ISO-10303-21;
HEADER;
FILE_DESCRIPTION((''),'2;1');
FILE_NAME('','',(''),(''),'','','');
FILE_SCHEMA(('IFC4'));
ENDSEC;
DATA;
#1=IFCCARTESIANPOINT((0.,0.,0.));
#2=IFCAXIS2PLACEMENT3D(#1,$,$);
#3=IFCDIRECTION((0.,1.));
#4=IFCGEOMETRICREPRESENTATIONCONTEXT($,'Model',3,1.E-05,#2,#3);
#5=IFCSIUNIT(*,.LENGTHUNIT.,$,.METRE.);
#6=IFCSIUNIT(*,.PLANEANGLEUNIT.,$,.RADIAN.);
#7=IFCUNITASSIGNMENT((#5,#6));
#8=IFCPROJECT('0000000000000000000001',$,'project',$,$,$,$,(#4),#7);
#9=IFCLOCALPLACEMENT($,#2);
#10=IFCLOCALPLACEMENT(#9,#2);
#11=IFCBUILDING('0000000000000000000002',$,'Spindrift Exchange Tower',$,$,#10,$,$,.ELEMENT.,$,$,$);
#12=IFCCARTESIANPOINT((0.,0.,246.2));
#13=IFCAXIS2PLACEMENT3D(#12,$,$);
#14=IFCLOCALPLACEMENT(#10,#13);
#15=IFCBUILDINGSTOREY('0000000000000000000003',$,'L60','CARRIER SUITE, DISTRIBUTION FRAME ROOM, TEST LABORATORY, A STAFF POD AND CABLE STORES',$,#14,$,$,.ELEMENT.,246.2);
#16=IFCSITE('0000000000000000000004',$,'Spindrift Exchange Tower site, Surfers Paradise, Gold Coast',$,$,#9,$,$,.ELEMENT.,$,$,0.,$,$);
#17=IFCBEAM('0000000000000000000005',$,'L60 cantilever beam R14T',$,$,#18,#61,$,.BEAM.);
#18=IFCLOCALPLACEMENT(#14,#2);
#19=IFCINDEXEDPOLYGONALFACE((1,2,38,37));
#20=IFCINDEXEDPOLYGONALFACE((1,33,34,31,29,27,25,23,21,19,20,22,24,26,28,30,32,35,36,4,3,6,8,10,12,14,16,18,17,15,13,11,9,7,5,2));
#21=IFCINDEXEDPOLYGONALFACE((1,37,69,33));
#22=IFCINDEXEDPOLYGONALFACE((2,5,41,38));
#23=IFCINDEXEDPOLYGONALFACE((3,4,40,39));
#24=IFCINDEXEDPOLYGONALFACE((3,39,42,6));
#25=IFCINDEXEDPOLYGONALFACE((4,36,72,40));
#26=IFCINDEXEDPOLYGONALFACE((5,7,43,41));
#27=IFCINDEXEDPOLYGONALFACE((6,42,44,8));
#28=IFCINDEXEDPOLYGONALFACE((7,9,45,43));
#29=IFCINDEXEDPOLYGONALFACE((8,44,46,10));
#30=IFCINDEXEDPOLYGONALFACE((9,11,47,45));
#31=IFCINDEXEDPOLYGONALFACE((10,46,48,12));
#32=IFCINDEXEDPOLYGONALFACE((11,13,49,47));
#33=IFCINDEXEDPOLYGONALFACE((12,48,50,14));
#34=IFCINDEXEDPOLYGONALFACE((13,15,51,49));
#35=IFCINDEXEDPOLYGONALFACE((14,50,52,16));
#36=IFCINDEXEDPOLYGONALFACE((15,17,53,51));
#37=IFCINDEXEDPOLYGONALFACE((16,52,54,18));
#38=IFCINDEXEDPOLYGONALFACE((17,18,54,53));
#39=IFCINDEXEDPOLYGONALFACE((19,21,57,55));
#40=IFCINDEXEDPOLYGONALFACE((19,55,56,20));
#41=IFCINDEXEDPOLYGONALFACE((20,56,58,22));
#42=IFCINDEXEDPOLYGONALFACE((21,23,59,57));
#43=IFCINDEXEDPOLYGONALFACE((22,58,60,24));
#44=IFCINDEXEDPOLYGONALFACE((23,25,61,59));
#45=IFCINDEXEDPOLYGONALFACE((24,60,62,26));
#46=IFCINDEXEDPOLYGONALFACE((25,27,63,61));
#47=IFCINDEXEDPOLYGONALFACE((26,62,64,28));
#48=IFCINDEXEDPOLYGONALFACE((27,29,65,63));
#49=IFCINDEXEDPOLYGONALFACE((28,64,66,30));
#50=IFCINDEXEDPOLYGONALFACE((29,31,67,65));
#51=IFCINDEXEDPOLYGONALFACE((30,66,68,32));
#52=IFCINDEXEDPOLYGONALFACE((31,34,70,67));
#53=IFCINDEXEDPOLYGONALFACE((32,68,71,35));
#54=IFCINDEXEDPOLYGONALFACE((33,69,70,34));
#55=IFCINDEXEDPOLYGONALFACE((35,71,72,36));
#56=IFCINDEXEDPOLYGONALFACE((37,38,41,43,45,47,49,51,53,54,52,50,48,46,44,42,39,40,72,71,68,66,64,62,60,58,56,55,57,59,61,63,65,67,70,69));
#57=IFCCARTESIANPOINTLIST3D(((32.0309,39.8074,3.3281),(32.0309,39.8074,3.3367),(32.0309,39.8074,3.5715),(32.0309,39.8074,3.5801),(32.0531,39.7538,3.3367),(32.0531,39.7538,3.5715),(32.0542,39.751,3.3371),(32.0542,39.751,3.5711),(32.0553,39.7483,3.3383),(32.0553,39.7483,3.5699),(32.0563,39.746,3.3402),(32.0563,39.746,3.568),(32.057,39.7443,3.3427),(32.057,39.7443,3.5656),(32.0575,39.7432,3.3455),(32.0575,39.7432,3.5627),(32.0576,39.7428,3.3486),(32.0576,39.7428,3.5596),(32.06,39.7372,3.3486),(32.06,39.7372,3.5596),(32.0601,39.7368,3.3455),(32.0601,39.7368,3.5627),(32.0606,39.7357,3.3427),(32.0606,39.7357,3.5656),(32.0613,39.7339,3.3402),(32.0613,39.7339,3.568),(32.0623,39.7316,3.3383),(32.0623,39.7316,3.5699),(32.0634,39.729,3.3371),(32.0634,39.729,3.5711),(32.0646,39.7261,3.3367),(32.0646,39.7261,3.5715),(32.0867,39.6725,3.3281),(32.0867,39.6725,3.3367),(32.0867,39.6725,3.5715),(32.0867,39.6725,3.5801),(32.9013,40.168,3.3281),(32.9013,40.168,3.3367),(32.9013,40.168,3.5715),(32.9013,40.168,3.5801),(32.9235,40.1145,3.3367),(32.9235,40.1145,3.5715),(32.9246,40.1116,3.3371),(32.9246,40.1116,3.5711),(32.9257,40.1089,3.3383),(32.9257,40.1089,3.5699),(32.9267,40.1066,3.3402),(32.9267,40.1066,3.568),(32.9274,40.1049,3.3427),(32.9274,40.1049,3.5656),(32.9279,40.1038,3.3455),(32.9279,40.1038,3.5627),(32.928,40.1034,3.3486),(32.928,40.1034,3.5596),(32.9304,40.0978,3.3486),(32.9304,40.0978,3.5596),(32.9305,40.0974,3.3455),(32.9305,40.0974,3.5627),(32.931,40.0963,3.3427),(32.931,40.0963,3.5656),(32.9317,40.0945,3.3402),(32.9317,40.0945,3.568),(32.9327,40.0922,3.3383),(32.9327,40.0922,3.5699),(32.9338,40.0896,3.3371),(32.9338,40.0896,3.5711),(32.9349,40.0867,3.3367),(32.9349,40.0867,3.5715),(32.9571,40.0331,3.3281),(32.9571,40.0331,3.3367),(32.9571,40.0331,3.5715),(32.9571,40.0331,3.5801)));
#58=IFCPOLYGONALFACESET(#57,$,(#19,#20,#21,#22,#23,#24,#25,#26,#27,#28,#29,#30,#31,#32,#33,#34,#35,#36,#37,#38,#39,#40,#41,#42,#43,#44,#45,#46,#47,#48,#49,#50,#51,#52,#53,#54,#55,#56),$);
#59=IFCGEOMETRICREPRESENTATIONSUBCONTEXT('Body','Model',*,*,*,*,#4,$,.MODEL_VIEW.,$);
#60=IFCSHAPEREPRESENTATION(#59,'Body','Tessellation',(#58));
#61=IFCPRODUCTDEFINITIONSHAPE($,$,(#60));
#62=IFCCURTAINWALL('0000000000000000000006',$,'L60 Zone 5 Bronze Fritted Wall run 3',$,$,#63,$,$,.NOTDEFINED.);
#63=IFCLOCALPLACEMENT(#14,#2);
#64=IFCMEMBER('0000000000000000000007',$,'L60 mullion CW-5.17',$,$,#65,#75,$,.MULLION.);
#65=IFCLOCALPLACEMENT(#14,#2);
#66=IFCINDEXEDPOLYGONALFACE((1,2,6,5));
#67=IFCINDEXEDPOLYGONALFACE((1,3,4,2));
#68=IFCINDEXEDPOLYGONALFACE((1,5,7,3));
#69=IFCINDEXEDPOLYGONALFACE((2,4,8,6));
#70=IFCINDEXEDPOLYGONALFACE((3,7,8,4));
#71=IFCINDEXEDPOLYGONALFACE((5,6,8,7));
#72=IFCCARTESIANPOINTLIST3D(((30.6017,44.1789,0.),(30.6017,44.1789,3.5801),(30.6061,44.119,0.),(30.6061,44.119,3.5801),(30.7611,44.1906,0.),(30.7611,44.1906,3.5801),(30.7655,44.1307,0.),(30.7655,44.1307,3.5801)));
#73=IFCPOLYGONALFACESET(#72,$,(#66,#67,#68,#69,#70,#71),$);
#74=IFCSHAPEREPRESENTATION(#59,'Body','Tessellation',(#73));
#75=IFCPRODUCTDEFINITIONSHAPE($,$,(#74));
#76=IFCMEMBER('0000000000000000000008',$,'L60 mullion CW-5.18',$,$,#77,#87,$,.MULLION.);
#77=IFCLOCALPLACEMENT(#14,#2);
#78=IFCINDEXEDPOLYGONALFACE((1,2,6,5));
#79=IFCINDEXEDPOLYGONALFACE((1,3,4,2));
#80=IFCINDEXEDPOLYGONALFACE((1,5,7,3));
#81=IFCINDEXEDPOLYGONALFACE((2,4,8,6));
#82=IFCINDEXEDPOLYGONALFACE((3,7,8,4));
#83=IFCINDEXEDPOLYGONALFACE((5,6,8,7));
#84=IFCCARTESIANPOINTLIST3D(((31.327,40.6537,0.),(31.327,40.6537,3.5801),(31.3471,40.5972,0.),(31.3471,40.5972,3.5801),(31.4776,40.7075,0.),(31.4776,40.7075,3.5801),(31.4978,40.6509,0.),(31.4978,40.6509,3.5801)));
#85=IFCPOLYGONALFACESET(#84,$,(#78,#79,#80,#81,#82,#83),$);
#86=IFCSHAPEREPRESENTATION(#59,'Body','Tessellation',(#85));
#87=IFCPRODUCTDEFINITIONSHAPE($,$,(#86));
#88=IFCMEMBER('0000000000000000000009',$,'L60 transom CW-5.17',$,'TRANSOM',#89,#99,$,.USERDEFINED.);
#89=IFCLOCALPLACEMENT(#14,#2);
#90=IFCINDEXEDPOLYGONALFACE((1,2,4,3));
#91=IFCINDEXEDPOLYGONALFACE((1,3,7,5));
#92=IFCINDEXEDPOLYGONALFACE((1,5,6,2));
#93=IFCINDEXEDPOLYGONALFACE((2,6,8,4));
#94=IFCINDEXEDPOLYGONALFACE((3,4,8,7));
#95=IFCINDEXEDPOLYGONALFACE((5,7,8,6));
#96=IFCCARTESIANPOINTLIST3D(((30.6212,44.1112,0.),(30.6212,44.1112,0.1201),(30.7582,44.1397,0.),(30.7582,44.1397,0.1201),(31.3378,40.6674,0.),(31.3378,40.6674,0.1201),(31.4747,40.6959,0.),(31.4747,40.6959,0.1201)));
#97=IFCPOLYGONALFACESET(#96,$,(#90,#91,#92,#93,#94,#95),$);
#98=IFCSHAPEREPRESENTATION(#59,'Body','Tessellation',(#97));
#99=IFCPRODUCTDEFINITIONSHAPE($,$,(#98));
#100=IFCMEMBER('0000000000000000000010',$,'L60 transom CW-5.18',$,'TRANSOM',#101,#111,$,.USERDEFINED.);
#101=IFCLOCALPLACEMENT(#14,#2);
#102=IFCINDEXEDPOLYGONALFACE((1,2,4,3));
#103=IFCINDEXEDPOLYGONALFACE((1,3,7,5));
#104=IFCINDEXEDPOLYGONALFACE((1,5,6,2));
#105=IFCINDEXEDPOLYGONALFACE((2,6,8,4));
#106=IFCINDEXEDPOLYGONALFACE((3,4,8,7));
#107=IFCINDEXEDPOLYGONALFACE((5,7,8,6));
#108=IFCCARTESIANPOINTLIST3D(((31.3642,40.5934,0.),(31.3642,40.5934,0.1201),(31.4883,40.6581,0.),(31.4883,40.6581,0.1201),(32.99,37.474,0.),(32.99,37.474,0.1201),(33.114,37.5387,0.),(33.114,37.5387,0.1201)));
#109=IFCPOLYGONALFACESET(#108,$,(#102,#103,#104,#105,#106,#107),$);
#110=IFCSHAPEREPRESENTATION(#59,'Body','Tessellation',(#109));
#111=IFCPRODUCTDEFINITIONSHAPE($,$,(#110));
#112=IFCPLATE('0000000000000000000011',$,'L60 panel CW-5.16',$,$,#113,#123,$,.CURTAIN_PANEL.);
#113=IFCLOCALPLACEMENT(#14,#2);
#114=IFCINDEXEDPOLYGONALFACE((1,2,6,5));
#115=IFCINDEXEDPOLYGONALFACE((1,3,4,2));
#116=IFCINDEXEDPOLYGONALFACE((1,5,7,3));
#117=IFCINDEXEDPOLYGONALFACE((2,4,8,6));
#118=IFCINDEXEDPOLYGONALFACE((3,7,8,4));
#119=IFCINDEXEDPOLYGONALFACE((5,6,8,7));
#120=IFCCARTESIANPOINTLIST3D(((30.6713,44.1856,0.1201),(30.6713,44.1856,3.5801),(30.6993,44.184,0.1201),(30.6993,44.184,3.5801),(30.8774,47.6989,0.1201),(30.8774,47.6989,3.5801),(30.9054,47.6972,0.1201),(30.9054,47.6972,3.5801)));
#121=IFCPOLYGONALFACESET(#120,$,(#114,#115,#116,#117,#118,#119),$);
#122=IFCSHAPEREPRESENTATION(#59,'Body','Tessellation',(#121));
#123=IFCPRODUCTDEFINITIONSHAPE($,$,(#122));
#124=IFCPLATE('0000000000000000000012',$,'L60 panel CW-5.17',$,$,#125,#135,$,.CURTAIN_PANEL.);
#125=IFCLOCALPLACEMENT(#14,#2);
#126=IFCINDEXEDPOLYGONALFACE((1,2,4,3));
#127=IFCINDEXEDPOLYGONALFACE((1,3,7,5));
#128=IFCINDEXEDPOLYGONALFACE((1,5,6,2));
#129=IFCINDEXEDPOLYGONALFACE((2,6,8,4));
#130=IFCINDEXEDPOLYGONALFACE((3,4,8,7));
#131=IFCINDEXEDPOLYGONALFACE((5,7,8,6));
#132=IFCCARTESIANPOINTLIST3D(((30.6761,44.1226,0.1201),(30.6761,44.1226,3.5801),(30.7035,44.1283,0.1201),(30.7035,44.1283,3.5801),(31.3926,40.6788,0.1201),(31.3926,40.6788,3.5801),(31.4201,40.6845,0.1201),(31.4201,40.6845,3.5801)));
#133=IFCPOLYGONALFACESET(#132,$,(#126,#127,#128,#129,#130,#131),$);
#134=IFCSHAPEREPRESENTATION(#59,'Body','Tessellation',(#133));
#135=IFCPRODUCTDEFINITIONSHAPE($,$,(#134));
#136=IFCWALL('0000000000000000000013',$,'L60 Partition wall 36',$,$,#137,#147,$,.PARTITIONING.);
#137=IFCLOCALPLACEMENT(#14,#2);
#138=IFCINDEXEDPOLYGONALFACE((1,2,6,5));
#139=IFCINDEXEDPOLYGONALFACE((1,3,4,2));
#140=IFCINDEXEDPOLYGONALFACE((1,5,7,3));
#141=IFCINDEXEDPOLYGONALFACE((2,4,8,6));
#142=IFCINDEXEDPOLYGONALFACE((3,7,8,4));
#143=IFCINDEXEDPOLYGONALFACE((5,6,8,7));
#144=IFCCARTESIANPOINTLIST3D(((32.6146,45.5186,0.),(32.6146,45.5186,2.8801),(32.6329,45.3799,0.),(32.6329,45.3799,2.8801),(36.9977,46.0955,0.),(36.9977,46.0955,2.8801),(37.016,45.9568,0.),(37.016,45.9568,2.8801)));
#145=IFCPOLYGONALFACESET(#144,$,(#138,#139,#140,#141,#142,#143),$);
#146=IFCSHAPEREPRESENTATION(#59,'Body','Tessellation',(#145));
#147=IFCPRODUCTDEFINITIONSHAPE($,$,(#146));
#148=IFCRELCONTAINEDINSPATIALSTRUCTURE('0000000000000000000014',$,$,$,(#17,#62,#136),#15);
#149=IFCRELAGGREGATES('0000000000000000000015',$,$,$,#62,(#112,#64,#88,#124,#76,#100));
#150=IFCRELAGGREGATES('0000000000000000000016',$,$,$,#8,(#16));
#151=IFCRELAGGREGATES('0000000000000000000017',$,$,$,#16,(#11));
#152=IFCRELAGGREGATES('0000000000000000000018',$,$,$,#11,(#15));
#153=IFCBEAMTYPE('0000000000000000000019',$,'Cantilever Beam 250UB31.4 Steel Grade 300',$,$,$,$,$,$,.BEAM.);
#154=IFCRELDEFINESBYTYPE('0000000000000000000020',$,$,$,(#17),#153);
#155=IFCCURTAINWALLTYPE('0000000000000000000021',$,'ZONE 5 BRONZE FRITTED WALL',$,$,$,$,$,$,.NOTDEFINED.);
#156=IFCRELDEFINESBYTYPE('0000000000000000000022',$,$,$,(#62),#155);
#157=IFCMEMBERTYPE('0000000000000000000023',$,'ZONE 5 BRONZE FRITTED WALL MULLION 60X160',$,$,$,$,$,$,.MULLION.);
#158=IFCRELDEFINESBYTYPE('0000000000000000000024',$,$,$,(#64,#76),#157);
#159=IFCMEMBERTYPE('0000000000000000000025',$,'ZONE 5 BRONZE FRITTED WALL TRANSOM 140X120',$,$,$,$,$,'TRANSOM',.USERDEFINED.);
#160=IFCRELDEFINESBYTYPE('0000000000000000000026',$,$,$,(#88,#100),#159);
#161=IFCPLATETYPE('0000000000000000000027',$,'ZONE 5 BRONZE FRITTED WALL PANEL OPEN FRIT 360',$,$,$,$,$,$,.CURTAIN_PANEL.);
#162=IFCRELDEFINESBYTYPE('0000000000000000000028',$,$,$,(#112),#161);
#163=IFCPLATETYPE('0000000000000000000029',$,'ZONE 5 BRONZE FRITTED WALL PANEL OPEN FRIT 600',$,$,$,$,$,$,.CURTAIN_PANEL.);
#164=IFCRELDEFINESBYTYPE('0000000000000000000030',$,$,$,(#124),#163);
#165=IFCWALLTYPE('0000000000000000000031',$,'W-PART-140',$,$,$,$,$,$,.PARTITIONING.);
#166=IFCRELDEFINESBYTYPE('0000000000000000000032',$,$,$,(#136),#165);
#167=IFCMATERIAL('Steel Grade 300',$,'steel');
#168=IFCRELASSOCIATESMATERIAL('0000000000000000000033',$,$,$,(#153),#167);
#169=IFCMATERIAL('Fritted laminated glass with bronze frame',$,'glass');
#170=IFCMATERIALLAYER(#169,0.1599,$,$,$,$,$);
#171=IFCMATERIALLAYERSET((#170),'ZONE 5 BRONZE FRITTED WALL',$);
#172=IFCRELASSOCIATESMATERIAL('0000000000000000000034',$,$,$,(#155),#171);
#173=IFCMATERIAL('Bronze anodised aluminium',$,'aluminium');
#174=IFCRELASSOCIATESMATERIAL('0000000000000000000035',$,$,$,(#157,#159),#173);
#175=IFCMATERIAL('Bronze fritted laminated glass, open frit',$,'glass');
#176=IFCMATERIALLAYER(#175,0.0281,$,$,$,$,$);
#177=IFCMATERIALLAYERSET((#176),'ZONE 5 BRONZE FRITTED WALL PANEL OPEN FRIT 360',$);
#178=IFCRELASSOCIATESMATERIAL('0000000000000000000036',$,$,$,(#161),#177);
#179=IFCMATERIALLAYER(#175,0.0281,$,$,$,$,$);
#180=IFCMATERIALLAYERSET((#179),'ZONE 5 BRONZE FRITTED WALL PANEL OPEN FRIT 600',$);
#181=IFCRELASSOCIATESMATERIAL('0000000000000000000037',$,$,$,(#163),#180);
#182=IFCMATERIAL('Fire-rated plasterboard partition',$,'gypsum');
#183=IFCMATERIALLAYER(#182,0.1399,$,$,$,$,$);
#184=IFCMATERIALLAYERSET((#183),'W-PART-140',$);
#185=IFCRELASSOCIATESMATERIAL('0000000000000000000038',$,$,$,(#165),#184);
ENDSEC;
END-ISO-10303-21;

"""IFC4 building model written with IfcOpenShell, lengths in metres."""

from ifc_helpers import new_model, si_unit, direction, frame, frame_2d, origin, origin_2d, place, context, subcontext, project, spatial, rectangle, i_section, extrude, source, transform, mapped, material, layer, layer_set, material_profile, profile_set, type_object, element, aggregate, save


model = new_model("IFC4")

# Units and contexts
model_context = context("Model", 3, precision=1e-05, world=origin(), true_north=direction((0.0, 1.0)))
body_context = subcontext(model_context, "Body", "Model", "MODEL_VIEW")
ifc_project = project(units=[si_unit("LENGTHUNIT", "METRE"), si_unit("PLANEANGLEUNIT", "RADIAN")], contexts=[model_context])

# Site, building, storey
site_placement = place(None, origin())
site = spatial("IfcSite", under=ifc_project, at=site_placement, Name="Spindrift Exchange Tower site, Surfers Paradise, Gold Coast", CompositionType="ELEMENT", RefElevation=0.0)
building_placement = place(site_placement, origin())
building = spatial("IfcBuilding", under=site, at=building_placement, Name="Spindrift Exchange Tower", CompositionType="ELEMENT")
storey_placement = place(building_placement, frame((0.0, 0.0, 246.2)))
storey = spatial("IfcBuildingStorey", under=building, at=storey_placement, Name="L60", Description="CARRIER SUITE, DISTRIBUTION FRAME ROOM, TEST LABORATORY, A STAFF POD AND CABLE STORES", CompositionType="ELEMENT", Elevation=246.2)

# Beam
ifc_material_1 = material(Name="Steel Grade 300", Category="steel")
ifc_material_profile_1 = material_profile(ifc_material_1, i_section(OverallWidth=0.146, OverallDepth=0.252, WebThickness=0.0061, FlangeThickness=0.0085, FilletRadius=0.012, at=origin_2d()), Name="250UB31.4")
ifc_profile_set_1 = profile_set([ifc_material_profile_1], Name="Steel Grade 300")
beam_type_1 = type_object("IfcBeamType", Name="Cantilever Beam 250UB31.4 Steel Grade 300", PredefinedType="BEAM", material=ifc_profile_set_1)
shared_shape_1 = source(origin(), body_context, "Body", "SweptSolid", [
    extrude(i_section(OverallWidth=0.146, OverallDepth=0.252, WebThickness=0.0061, FlangeThickness=0.0085, FilletRadius=0.012, at=origin_2d()), origin(), (0.0, 0.0, 1.0), 0.9421),
])
beam_1_placement = place(storey_placement, frame((32.9292, 40.1006, 3.4541), z_axis=(-0.923849, -0.382756, 0.0), x_axis=(0.382756, -0.923849, 0.0)))
element("IfcBeam", 1, at=beam_1_placement, inside=storey, type_object=beam_type_1, Name="L60 cantilever beam R14T", PredefinedType="BEAM", context=body_context, shape_type="MappedRepresentation", body=[
    mapped(shared_shape_1, transform((0.0, 0.0, 0.0), scale=1.0)),
])

# Curtain wall, members, plates
ifc_material_2 = material(Name="Fritted laminated glass with bronze frame", Category="glass")
ifc_layer_1 = layer(ifc_material_2, 0.1599)
ifc_layer_set_1 = layer_set([ifc_layer_1], Name="ZONE 5 BRONZE FRITTED WALL")
curtain_wall_type = type_object("IfcCurtainWallType", Name="ZONE 5 BRONZE FRITTED WALL", PredefinedType="NOTDEFINED", material=ifc_layer_set_1)
curtain_wall_placement = place(storey_placement, origin())
curtain_wall = element("IfcCurtainWall", 2, at=curtain_wall_placement, inside=storey, type_object=curtain_wall_type, Name="L60 Zone 5 Bronze Fritted Wall run 3", PredefinedType="NOTDEFINED")
ifc_material_3 = material(Name="Bronze anodised aluminium", Category="aluminium")
ifc_material_profile_2 = material_profile(ifc_material_3, rectangle(XDim=0.0601, YDim=0.1599, at=origin_2d()), Name="ZONE 5 BRONZE FRITTED WALL MULLION 60X160")
ifc_profile_set_2 = profile_set([ifc_material_profile_2], Name="Bronze anodised aluminium")
member_type_1 = type_object("IfcMemberType", Name="ZONE 5 BRONZE FRITTED WALL MULLION 60X160", PredefinedType="MULLION", material=ifc_profile_set_2)
shared_shape_2 = source(origin(), body_context, "Body", "SweptSolid", [
    extrude(rectangle(XDim=0.0601, YDim=0.1599, at=origin_2d()), origin(), (0.0, 0.0, 1.0), 3.5801),
])
member_1_placement = place(storey_placement, frame((30.6836, 44.1548, 0.0), z_axis=(0.0, 0.0, 1.0), x_axis=(0.073214, -0.997316, 0.0)))
member_1 = element("IfcMember", 3, at=member_1_placement, type_object=member_type_1, Name="L60 mullion CW-5.17", PredefinedType="MULLION", context=body_context, shape_type="MappedRepresentation", body=[
    mapped(shared_shape_2, transform((0.0, 0.0, 0.0), scale=1.0)),
])
member_2_placement = place(storey_placement, frame((31.4124, 40.6523, 0.0), z_axis=(0.0, 0.0, 1.0), x_axis=(0.336132, -0.941815, 0.0)))
member_2 = element("IfcMember", 4, at=member_2_placement, type_object=member_type_1, Name="L60 mullion CW-5.18", PredefinedType="MULLION", context=body_context, shape_type="MappedRepresentation", body=[
    mapped(shared_shape_2, transform((0.0, 0.0, 0.0), scale=1.0)),
])
ifc_material_profile_3 = material_profile(ifc_material_3, rectangle(XDim=0.1399, YDim=0.1201, at=origin_2d()), Name="ZONE 5 BRONZE FRITTED WALL TRANSOM 140X120")
ifc_profile_set_3 = profile_set([ifc_material_profile_3], Name="Bronze anodised aluminium")
member_type_2 = type_object("IfcMemberType", Name="ZONE 5 BRONZE FRITTED WALL TRANSOM 140X120", ElementType="TRANSOM", PredefinedType="USERDEFINED", material=ifc_profile_set_3)
shared_shape_3 = source(origin(), body_context, "Body", "SweptSolid", [
    extrude(rectangle(XDim=0.1399, YDim=0.1201, at=origin_2d()), origin(), (0.0, 0.0, 1.0), 3.5176),
])
member_3_placement = place(storey_placement, frame((30.6897, 44.1255, 0.0601), z_axis=(0.203705, -0.979032, 0.0), x_axis=(0.979032, 0.203705, 0.0)))
member_3 = element("IfcMember", 5, at=member_3_placement, type_object=member_type_2, Name="L60 transom CW-5.17", ObjectType="TRANSOM", PredefinedType="USERDEFINED", context=body_context, shape_type="MappedRepresentation", body=[
    mapped(shared_shape_3, transform((0.0, 0.0, 0.0), scale=1.0)),
])
member_4_placement = place(storey_placement, frame((31.4263, 40.6257, 0.0601), z_axis=(0.46217, -0.886791, 0.0), x_axis=(0.886791, 0.46217, 0.0)))
member_4 = element("IfcMember", 6, at=member_4_placement, type_object=member_type_2, Name="L60 transom CW-5.18", ObjectType="TRANSOM", PredefinedType="USERDEFINED", context=body_context, shape_type="MappedRepresentation", body=[
    mapped(shared_shape_3, transform((0.0, 0.0, 0.0), scale=1.0)),
])
ifc_material_4 = material(Name="Bronze fritted laminated glass, open frit", Category="glass")
ifc_layer_2 = layer(ifc_material_4, 0.0281)
ifc_layer_set_2 = layer_set([ifc_layer_2], Name="ZONE 5 BRONZE FRITTED WALL PANEL OPEN FRIT 360")
plate_type_1 = type_object("IfcPlateType", Name="ZONE 5 BRONZE FRITTED WALL PANEL OPEN FRIT 360", PredefinedType="CURTAIN_PANEL", material=ifc_layer_set_2)
shared_shape_4 = source(origin(), body_context, "Body", "SweptSolid", [
    extrude(rectangle(XDim=3.5193, YDim=0.0281, at=origin_2d()), origin(), (0.0, 0.0, 1.0), 3.46),
])
plate_1_placement = place(storey_placement, frame((30.7883, 45.9414, 0.1201), z_axis=(0.0, 0.0, 1.0), x_axis=(-0.058561, -0.998284, 0.0)))
plate_1 = element("IfcPlate", 7, at=plate_1_placement, type_object=plate_type_1, Name="L60 panel CW-5.16", PredefinedType="CURTAIN_PANEL", context=body_context, shape_type="MappedRepresentation", body=[
    mapped(shared_shape_4, transform((0.0, 0.0, 0.0), scale=1.0)),
])
ifc_layer_3 = layer(ifc_material_4, 0.0281)
ifc_layer_set_3 = layer_set([ifc_layer_3], Name="ZONE 5 BRONZE FRITTED WALL PANEL OPEN FRIT 600")
plate_type_2 = type_object("IfcPlateType", Name="ZONE 5 BRONZE FRITTED WALL PANEL OPEN FRIT 600", PredefinedType="CURTAIN_PANEL", material=ifc_layer_set_3)
shared_shape_5 = source(origin(), body_context, "Body", "SweptSolid", [
    extrude(rectangle(XDim=3.5176, YDim=0.0281, at=origin_2d()), origin(), (0.0, 0.0, 1.0), 3.46),
])
plate_2_placement = place(storey_placement, frame((31.0481, 42.4036, 0.1201), z_axis=(0.0, 0.0, 1.0), x_axis=(0.203717, -0.97903, 0.0)))
plate_2 = element("IfcPlate", 8, at=plate_2_placement, type_object=plate_type_2, Name="L60 panel CW-5.17", PredefinedType="CURTAIN_PANEL", context=body_context, shape_type="MappedRepresentation", body=[
    mapped(shared_shape_5, transform((0.0, 0.0, 0.0), scale=1.0)),
])
aggregate(curtain_wall, [plate_1, member_1, member_3, plate_2, member_2, member_4])

# Wall
ifc_material_5 = material(Name="Fire-rated plasterboard partition", Category="gypsum")
ifc_layer_4 = layer(ifc_material_5, 0.1399)
ifc_layer_set_4 = layer_set([ifc_layer_4], Name="W-PART-140")
wall_type_1 = type_object("IfcWallType", Name="W-PART-140", PredefinedType="PARTITIONING", material=ifc_layer_set_4)
wall_1_placement = place(storey_placement, frame((37.0068, 46.0261, 0.0), z_axis=(0.0, 0.0, 1.0), x_axis=(-0.991449, -0.130496, 0.0)))
element("IfcWall", 9, at=wall_1_placement, inside=storey, type_object=wall_type_1, Name="L60 Partition wall 36", PredefinedType="PARTITIONING", context=body_context, shape_type="SweptSolid", body=[
    extrude(rectangle(XDim=4.4209, YDim=0.1399, at=frame_2d((2.2104, 0.0))), origin(), (0.0, 0.0, 1.0), 2.8801),
])

save(model, "model.ifc")
